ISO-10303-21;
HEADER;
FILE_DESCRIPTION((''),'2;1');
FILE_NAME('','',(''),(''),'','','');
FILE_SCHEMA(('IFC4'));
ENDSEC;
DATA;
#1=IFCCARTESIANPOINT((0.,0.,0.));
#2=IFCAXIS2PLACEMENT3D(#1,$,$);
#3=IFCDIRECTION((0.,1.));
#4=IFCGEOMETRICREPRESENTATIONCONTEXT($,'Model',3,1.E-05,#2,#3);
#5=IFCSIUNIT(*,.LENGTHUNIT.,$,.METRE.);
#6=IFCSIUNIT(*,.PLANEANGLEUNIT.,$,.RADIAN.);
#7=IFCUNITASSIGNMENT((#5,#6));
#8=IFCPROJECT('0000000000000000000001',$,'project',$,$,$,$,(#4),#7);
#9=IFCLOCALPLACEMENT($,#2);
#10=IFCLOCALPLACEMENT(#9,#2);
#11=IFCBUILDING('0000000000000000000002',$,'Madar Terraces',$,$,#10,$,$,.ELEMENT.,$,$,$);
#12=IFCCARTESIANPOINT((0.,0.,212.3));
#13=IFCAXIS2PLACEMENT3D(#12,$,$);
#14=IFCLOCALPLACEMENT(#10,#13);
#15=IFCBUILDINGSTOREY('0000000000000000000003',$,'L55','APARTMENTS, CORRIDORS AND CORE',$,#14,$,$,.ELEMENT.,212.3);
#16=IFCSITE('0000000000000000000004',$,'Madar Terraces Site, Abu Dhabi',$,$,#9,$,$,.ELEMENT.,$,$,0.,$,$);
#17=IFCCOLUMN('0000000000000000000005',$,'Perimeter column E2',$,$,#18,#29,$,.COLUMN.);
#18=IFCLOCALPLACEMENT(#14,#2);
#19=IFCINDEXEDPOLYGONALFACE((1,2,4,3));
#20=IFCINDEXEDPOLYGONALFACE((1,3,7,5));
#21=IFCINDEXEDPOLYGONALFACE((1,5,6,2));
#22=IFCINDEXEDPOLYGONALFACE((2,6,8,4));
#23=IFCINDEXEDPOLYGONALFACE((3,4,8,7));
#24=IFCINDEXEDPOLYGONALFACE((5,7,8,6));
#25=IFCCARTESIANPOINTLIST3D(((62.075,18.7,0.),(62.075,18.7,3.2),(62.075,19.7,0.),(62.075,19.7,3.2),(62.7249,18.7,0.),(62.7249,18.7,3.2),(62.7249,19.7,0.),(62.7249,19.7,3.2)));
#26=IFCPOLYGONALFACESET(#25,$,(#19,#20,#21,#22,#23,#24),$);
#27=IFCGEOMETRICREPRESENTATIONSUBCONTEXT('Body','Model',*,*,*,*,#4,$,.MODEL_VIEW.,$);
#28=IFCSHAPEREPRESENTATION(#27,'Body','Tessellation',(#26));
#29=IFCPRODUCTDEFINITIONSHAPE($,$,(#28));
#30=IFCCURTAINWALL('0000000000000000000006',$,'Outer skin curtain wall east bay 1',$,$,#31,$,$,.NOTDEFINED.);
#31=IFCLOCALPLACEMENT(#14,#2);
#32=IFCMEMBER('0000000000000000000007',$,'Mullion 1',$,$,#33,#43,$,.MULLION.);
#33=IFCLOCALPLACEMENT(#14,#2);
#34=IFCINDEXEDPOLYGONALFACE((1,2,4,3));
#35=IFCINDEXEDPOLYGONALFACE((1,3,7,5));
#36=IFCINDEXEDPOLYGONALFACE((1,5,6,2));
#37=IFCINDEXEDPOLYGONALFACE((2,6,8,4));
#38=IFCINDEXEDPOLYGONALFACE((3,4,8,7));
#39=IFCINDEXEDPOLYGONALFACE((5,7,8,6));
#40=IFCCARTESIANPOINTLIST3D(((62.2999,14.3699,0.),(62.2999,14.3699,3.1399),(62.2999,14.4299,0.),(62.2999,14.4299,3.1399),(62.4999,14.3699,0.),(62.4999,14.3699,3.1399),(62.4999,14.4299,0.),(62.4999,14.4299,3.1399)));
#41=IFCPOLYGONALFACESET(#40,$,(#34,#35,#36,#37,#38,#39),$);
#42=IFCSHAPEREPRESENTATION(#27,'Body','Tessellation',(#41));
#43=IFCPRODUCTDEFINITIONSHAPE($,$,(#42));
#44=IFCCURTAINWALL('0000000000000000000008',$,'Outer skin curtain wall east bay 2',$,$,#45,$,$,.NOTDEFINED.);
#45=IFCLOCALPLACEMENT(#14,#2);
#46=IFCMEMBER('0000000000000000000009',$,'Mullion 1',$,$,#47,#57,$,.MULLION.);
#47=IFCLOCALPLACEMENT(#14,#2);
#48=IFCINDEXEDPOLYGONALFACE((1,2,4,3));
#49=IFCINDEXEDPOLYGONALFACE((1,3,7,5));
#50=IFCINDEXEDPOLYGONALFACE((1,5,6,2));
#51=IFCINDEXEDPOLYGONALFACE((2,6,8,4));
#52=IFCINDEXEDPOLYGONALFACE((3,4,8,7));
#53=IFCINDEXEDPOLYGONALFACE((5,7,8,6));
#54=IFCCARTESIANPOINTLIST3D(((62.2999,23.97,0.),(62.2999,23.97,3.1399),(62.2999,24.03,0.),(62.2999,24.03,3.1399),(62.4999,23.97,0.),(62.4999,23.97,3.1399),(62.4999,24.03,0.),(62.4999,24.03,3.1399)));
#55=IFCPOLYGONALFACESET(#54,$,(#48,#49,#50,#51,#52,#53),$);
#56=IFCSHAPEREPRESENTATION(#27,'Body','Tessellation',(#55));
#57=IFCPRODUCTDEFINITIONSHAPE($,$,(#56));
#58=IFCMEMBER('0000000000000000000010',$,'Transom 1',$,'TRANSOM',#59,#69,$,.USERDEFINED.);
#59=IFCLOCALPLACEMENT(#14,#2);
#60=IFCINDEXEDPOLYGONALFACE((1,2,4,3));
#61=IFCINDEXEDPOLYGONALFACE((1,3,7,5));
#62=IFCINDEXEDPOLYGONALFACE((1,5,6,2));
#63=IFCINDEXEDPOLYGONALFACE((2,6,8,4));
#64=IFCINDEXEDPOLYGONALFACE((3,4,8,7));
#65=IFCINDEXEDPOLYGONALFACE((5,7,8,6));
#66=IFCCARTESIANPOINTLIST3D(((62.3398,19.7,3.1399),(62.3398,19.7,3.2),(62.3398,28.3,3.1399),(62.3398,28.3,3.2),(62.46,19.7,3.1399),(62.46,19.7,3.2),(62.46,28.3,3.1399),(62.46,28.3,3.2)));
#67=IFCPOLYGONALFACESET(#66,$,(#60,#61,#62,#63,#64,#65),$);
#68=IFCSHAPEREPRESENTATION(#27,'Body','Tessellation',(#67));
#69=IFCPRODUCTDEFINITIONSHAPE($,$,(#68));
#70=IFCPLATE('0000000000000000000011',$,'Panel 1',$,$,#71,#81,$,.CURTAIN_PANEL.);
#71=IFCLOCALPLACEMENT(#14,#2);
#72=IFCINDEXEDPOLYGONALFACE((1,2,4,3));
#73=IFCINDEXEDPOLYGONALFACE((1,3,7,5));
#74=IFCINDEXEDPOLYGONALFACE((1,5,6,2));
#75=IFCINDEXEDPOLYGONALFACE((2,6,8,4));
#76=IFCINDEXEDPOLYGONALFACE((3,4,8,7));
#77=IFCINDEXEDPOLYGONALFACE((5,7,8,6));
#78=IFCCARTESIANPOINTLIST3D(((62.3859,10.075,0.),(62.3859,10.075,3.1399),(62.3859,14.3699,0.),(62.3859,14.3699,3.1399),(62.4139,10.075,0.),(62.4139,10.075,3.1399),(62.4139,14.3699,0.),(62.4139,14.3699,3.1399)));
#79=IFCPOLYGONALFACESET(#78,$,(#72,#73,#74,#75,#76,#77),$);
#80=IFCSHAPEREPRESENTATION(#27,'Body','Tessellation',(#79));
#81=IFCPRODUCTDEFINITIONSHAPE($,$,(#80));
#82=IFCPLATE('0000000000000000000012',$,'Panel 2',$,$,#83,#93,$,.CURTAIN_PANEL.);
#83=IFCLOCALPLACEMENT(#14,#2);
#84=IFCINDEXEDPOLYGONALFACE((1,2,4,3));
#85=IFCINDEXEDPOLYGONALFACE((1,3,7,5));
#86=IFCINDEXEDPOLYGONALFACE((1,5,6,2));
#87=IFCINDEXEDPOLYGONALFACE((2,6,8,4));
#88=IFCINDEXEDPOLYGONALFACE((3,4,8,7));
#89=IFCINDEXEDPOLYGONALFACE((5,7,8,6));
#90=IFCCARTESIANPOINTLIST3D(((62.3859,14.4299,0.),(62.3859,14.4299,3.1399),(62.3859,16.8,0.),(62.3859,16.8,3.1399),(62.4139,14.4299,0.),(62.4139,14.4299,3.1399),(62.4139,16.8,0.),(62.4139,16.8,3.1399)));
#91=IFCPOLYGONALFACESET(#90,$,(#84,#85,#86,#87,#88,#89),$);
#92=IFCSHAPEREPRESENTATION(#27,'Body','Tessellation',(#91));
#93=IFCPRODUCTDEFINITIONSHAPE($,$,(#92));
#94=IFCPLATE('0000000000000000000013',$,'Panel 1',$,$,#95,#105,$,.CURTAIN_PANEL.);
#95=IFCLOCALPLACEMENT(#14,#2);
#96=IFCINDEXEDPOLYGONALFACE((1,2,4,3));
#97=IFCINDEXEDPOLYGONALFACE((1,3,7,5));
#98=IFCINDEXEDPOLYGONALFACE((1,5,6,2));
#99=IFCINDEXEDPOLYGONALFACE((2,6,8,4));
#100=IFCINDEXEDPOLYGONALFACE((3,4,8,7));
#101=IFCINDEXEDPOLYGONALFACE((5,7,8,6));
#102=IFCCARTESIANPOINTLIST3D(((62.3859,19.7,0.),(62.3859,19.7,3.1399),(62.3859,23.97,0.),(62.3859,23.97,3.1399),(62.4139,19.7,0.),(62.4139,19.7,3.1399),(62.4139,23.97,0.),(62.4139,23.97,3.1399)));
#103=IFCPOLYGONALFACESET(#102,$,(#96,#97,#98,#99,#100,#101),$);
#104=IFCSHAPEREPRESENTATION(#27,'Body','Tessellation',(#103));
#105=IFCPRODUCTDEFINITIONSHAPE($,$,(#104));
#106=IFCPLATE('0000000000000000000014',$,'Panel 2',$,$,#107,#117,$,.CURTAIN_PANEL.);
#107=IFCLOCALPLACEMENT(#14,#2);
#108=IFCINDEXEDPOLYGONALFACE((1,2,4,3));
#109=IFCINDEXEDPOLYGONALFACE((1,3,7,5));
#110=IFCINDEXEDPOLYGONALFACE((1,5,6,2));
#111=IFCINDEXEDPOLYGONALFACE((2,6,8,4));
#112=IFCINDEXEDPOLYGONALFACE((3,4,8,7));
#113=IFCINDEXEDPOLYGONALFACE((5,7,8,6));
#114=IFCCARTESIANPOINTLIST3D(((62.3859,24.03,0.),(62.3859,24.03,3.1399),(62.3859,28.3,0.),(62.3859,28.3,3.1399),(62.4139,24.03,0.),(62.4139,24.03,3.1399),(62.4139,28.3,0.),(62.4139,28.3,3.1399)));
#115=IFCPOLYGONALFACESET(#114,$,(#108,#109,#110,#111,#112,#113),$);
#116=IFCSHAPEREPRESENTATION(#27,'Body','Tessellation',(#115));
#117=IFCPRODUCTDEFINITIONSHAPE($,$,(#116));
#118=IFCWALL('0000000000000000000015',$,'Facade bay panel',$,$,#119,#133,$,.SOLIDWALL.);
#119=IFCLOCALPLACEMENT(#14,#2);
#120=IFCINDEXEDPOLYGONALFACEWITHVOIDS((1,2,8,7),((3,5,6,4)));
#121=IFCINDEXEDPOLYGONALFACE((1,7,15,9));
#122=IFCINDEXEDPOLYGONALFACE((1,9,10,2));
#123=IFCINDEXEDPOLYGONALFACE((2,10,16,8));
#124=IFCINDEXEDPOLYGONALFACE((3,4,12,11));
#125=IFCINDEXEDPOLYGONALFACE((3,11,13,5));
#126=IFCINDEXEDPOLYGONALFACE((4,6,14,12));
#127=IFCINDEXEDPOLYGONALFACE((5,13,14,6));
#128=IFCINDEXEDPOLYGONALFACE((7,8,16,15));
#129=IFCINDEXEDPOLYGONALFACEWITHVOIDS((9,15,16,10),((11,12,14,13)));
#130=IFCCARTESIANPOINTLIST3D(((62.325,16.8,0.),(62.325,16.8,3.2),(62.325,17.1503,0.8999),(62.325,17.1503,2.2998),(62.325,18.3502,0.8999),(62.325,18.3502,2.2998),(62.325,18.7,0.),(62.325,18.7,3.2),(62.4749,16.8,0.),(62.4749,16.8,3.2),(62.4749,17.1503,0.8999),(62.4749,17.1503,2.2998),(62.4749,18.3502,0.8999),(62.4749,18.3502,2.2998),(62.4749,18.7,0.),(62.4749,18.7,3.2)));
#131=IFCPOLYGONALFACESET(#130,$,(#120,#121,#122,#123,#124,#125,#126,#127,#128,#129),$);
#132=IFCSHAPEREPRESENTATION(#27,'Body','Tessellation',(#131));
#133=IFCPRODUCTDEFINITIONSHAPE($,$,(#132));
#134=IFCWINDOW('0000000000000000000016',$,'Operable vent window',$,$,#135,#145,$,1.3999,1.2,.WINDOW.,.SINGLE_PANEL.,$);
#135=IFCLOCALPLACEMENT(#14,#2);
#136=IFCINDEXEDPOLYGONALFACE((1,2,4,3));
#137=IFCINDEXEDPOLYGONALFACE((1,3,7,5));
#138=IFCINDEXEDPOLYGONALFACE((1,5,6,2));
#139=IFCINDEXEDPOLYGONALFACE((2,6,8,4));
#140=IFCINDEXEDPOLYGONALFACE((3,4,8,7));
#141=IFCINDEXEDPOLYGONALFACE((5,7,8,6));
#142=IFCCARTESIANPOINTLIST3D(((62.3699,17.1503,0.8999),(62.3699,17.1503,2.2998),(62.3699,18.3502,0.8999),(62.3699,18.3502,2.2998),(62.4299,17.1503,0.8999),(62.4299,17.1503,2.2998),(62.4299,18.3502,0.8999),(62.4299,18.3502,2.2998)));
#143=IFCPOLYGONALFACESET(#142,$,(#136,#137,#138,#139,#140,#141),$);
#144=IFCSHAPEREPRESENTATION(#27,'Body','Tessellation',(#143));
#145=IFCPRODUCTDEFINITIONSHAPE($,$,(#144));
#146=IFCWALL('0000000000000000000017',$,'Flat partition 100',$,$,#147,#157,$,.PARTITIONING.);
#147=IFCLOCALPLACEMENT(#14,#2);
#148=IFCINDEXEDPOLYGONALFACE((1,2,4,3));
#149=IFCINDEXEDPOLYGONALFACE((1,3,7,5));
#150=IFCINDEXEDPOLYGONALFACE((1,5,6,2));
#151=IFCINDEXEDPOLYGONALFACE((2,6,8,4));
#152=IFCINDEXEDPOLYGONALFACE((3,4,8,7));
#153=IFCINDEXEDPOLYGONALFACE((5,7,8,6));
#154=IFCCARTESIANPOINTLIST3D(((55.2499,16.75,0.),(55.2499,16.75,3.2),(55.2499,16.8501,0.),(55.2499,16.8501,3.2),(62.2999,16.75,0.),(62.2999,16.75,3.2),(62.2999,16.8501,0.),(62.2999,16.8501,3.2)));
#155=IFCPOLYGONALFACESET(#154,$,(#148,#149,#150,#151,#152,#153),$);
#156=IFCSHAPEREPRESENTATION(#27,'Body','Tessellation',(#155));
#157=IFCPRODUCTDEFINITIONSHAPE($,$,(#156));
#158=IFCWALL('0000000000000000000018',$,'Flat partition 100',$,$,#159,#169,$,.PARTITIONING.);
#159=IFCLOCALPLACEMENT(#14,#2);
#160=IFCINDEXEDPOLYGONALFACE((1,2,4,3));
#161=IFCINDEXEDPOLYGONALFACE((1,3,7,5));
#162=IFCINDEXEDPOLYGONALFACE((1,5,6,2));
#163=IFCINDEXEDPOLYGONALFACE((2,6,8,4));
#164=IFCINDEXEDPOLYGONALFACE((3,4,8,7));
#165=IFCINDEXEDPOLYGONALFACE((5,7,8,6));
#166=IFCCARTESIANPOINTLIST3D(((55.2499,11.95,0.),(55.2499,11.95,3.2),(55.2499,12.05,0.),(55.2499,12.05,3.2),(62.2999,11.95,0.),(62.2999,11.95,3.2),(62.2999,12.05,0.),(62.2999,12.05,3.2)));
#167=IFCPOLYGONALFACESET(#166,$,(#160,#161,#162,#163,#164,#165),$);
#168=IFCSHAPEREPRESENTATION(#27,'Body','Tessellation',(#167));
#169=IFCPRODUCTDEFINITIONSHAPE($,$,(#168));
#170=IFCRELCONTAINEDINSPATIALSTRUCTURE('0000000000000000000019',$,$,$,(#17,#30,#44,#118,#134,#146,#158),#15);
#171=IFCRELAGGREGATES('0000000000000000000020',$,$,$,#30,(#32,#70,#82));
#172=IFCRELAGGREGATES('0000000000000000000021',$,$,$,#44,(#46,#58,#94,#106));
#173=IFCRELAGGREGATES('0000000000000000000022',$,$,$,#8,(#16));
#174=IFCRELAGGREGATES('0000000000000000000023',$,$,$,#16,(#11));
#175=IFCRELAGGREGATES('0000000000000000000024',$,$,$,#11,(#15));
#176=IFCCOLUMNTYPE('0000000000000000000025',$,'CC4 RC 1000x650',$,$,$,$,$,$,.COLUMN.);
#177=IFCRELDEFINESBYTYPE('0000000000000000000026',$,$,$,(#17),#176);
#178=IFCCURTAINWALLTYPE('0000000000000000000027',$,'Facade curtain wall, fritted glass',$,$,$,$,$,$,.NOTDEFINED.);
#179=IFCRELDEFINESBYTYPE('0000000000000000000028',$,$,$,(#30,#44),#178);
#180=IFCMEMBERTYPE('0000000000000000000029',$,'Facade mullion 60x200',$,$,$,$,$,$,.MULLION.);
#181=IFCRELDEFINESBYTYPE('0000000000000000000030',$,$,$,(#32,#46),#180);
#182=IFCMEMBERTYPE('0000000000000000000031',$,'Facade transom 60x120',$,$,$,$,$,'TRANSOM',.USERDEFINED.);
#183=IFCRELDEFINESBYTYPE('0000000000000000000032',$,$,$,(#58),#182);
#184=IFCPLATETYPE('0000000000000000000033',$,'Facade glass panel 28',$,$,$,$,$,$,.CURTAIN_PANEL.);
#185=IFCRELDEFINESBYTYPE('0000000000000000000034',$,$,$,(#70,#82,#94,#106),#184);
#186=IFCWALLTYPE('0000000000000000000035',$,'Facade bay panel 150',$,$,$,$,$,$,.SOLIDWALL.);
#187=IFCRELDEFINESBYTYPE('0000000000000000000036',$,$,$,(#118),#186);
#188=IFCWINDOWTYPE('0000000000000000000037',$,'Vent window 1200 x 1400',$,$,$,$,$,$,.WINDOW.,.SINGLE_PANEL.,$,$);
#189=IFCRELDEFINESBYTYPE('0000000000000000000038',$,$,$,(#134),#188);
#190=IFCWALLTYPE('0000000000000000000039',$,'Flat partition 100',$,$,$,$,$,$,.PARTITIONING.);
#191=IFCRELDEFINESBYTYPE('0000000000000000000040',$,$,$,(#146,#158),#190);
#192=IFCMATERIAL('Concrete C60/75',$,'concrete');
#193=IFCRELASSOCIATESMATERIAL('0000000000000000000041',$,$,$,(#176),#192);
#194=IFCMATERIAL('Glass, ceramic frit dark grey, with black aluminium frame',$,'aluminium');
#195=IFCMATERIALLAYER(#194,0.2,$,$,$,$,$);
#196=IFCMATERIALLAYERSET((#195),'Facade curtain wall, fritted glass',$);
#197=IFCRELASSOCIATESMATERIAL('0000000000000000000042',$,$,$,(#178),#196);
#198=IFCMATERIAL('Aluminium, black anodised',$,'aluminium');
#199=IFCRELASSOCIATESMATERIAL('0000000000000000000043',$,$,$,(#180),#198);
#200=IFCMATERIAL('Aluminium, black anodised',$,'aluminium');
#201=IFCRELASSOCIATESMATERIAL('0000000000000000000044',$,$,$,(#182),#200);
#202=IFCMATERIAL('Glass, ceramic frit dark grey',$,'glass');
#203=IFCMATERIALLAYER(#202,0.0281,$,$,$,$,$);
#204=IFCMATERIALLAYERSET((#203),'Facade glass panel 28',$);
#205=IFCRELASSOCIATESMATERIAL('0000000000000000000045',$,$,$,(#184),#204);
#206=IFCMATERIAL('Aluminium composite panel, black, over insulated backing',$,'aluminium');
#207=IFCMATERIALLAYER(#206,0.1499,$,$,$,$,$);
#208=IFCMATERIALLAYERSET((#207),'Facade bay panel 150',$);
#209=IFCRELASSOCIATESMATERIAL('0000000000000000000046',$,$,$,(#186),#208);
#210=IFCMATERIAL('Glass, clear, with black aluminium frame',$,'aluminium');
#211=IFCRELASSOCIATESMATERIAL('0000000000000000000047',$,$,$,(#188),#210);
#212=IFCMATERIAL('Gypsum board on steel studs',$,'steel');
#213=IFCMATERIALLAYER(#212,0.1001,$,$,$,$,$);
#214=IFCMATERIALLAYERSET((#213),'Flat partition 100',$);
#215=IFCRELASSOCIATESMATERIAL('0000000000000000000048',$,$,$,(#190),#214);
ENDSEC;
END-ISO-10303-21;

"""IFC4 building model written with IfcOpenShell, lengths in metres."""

from ifc_helpers import new_model, si_unit, direction, frame, frame_2d, origin, origin_2d, place, context, subcontext, project, spatial, rectangle, extrude, material, layer, layer_set, material_profile, profile_set, type_object, element, fill, aggregate, save


model = new_model("IFC4")

# Units and contexts
model_context = context("Model", 3, precision=1e-05, world=origin(), true_north=direction((0.0, 1.0)))
body_context = subcontext(model_context, "Body", "Model", "MODEL_VIEW")
ifc_project = project(units=[si_unit("LENGTHUNIT", "METRE"), si_unit("PLANEANGLEUNIT", "RADIAN")], contexts=[model_context])

# Site, building, storey
site_placement = place(None, origin())
site = spatial("IfcSite", under=ifc_project, at=site_placement, Name="Madar Terraces Site, Abu Dhabi", CompositionType="ELEMENT", RefElevation=0.0)
building_placement = place(site_placement, origin())
building = spatial("IfcBuilding", under=site, at=building_placement, Name="Madar Terraces", CompositionType="ELEMENT")
storey_placement = place(building_placement, frame((0.0, 0.0, 212.3)))
storey = spatial("IfcBuildingStorey", under=building, at=storey_placement, Name="L55", Description="APARTMENTS, CORRIDORS AND CORE", CompositionType="ELEMENT", Elevation=212.3)

# Column
ifc_material_1 = material(Name="Concrete C60/75", Category="concrete")
ifc_material_profile_1 = material_profile(ifc_material_1, rectangle(XDim=1.0, YDim=0.6499, at=origin_2d()), Name="CC4 RC 1000x650")
ifc_profile_set_1 = profile_set([ifc_material_profile_1], Name="Concrete C60/75")
column_type = type_object("IfcColumnType", Name="CC4 RC 1000x650", PredefinedType="COLUMN", material=ifc_profile_set_1)
column_placement = place(storey_placement, frame((62.3999, 19.2, 0.0), z_axis=(0.0, 0.0, 1.0), x_axis=(0.0, 1.0, 0.0)))
element("IfcColumn", 1, at=column_placement, inside=storey, type_object=column_type, Name="Perimeter column E2", PredefinedType="COLUMN", context=body_context, shape_type="SweptSolid", body=[
    extrude(rectangle(XDim=1.0, YDim=0.6499, at=origin_2d()), origin(), (0.0, 0.0, 1.0), 3.2),
])

# Curtain wall, member
ifc_material_2 = material(Name="Glass, ceramic frit dark grey, with black aluminium frame", Category="aluminium")
ifc_layer_1 = layer(ifc_material_2, 0.2)
ifc_layer_set_1 = layer_set([ifc_layer_1], Name="Facade curtain wall, fritted glass")
curtain_wall_type = type_object("IfcCurtainWallType", Name="Facade curtain wall, fritted glass", PredefinedType="NOTDEFINED", material=ifc_layer_set_1)
curtain_wall_1_placement = place(storey_placement, origin())
curtain_wall_1 = element("IfcCurtainWall", 2, at=curtain_wall_1_placement, inside=storey, type_object=curtain_wall_type, Name="Outer skin curtain wall east bay 1", PredefinedType="NOTDEFINED")
ifc_material_3 = material(Name="Aluminium, black anodised", Category="aluminium")
ifc_material_profile_2 = material_profile(ifc_material_3, rectangle(XDim=0.2, YDim=0.0601, at=origin_2d()), Name="Facade mullion 60x200")
ifc_profile_set_2 = profile_set([ifc_material_profile_2], Name="Aluminium, black anodised")
member_type_1 = type_object("IfcMemberType", Name="Facade mullion 60x200", PredefinedType="MULLION", material=ifc_profile_set_2)
member_1_placement = place(storey_placement, frame((62.3999, 14.3999, 0.0), z_axis=(0.0, 0.0, 1.0), x_axis=(-1.0, 0.0, 0.0)))
member_1 = element("IfcMember", 3, at=member_1_placement, type_object=member_type_1, Name="Mullion 1", PredefinedType="MULLION", context=body_context, shape_type="SweptSolid", body=[
    extrude(rectangle(XDim=0.2, YDim=0.0601, at=origin_2d()), origin(), (0.0, 0.0, 1.0), 3.1399),
])

# Curtain wall, members
curtain_wall_2_placement = place(storey_placement, origin())
curtain_wall_2 = element("IfcCurtainWall", 4, at=curtain_wall_2_placement, inside=storey, type_object=curtain_wall_type, Name="Outer skin curtain wall east bay 2", PredefinedType="NOTDEFINED")
member_2_placement = place(storey_placement, frame((62.3999, 24.0, 0.0), z_axis=(0.0, 0.0, 1.0), x_axis=(-1.0, 0.0, 0.0)))
member_2 = element("IfcMember", 5, at=member_2_placement, type_object=member_type_1, Name="Mullion 1", PredefinedType="MULLION", context=body_context, shape_type="SweptSolid", body=[
    extrude(rectangle(XDim=0.2, YDim=0.0601, at=origin_2d()), origin(), (0.0, 0.0, 1.0), 3.1399),
])
ifc_material_4 = material(Name="Aluminium, black anodised", Category="aluminium")
ifc_material_profile_3 = material_profile(ifc_material_4, rectangle(XDim=0.1201, YDim=0.0601, at=origin_2d()), Name="Facade transom 60x120")
ifc_profile_set_3 = profile_set([ifc_material_profile_3], Name="Aluminium, black anodised")
member_type_2 = type_object("IfcMemberType", Name="Facade transom 60x120", ElementType="TRANSOM", PredefinedType="USERDEFINED", material=ifc_profile_set_3)
member_3_placement = place(storey_placement, frame((62.3999, 19.7, 3.1699), z_axis=(0.0, 1.0, 0.0), x_axis=(-1.0, 0.0, 0.0)))
member_3 = element("IfcMember", 6, at=member_3_placement, type_object=member_type_2, Name="Transom 1", ObjectType="TRANSOM", PredefinedType="USERDEFINED", context=body_context, shape_type="SweptSolid", body=[
    extrude(rectangle(XDim=0.1201, YDim=0.0601, at=origin_2d()), origin(), (0.0, 0.0, 1.0), 8.6001),
])

# Plates
ifc_material_5 = material(Name="Glass, ceramic frit dark grey", Category="glass")
ifc_layer_2 = layer(ifc_material_5, 0.0281)
ifc_layer_set_2 = layer_set([ifc_layer_2], Name="Facade glass panel 28")
plate_type = type_object("IfcPlateType", Name="Facade glass panel 28", PredefinedType="CURTAIN_PANEL", material=ifc_layer_set_2)
plate_1_placement = place(storey_placement, frame((62.3999, 12.2224, 0.0), z_axis=(0.0, 0.0, 1.0), x_axis=(0.0, 1.0, 0.0)))
plate_1 = element("IfcPlate", 7, at=plate_1_placement, type_object=plate_type, Name="Panel 1", PredefinedType="CURTAIN_PANEL", context=body_context, shape_type="SweptSolid", body=[
    extrude(rectangle(XDim=4.2949, YDim=0.0281, at=origin_2d()), origin(), (0.0, 0.0, 1.0), 3.1399),
])
plate_2_placement = place(storey_placement, frame((62.3999, 15.615, 0.0), z_axis=(0.0, 0.0, 1.0), x_axis=(0.0, 1.0, 0.0)))
plate_2 = element("IfcPlate", 8, at=plate_2_placement, type_object=plate_type, Name="Panel 2", PredefinedType="CURTAIN_PANEL", context=body_context, shape_type="SweptSolid", body=[
    extrude(rectangle(XDim=2.3701, YDim=0.0281, at=origin_2d()), origin(), (0.0, 0.0, 1.0), 3.1399),
])
aggregate(curtain_wall_1, [member_1, plate_1, plate_2])
plate_3_placement = place(storey_placement, frame((62.3999, 21.835, 0.0), z_axis=(0.0, 0.0, 1.0), x_axis=(0.0, 1.0, 0.0)))
plate_3 = element("IfcPlate", 9, at=plate_3_placement, type_object=plate_type, Name="Panel 1", PredefinedType="CURTAIN_PANEL", context=body_context, shape_type="SweptSolid", body=[
    extrude(rectangle(XDim=4.27, YDim=0.0281, at=origin_2d()), origin(), (0.0, 0.0, 1.0), 3.1399),
])
plate_4_placement = place(storey_placement, frame((62.3999, 26.165, 0.0), z_axis=(0.0, 0.0, 1.0), x_axis=(0.0, 1.0, 0.0)))
plate_4 = element("IfcPlate", 10, at=plate_4_placement, type_object=plate_type, Name="Panel 2", PredefinedType="CURTAIN_PANEL", context=body_context, shape_type="SweptSolid", body=[
    extrude(rectangle(XDim=4.27, YDim=0.0281, at=origin_2d()), origin(), (0.0, 0.0, 1.0), 3.1399),
])
aggregate(curtain_wall_2, [member_2, member_3, plate_3, plate_4])

# Wall, opening, window
ifc_material_6 = material(Name="Aluminium composite panel, black, over insulated backing", Category="aluminium")
ifc_layer_3 = layer(ifc_material_6, 0.1499)
ifc_layer_set_3 = layer_set([ifc_layer_3], Name="Facade bay panel 150")
wall_type_1 = type_object("IfcWallType", Name="Facade bay panel 150", PredefinedType="SOLIDWALL", material=ifc_layer_set_3)
wall_1_placement = place(storey_placement, frame((62.3999, 16.8, 0.0), z_axis=(0.0, 0.0, 1.0), x_axis=(0.0, 1.0, 0.0)))
wall_1 = element("IfcWall", 11, at=wall_1_placement, inside=storey, type_object=wall_type_1, Name="Facade bay panel", PredefinedType="SOLIDWALL", context=body_context, shape_type="SweptSolid", body=[
    extrude(rectangle(XDim=1.8999, YDim=0.1499, at=frame_2d((0.95, 0.0))), origin(), (0.0, 0.0, 1.0), 3.2),
])
opening_1_placement = place(wall_1_placement, frame((0.3501, 0.0, 0.8999)))
opening_1 = element("IfcOpeningElement", 12, at=opening_1_placement, cuts=wall_1, PredefinedType="OPENING", context=body_context, shape_type="SweptSolid", body=[
    extrude(rectangle(XDim=1.2, YDim=1.3999, at=frame_2d((0.6001, 0.7))), frame((0.0, 0.085, 0.0), z_axis=(0.0, -1.0, 0.0), x_axis=(1.0, 0.0, 0.0)), (0.0, 0.0, 1.0), 0.1699),
])
ifc_material_7 = material(Name="Glass, clear, with black aluminium frame", Category="aluminium")
window_type = type_object("IfcWindowType", Name="Vent window 1200 x 1400", PartitioningType="SINGLE_PANEL", PredefinedType="WINDOW", material=ifc_material_7)
window_placement = place(opening_1_placement, origin())
window = element("IfcWindow", 13, at=window_placement, inside=storey, type_object=window_type, Name="Operable vent window", OverallHeight=1.3999, OverallWidth=1.2, PartitioningType="SINGLE_PANEL", PredefinedType="WINDOW", context=body_context, shape_type="SweptSolid", body=[
    extrude(rectangle(XDim=1.2, YDim=1.3999, at=frame_2d((0.6001, 0.7))), frame((0.0, 0.03, 0.0), z_axis=(0.0, -1.0, 0.0), x_axis=(1.0, 0.0, 0.0)), (0.0, 0.0, 1.0), 0.0601),
])
fill(opening_1, window)

# Walls
ifc_material_8 = material(Name="Gypsum board on steel studs", Category="steel")
ifc_layer_4 = layer(ifc_material_8, 0.1001)
ifc_layer_set_4 = layer_set([ifc_layer_4], Name="Flat partition 100")
wall_type_2 = type_object("IfcWallType", Name="Flat partition 100", PredefinedType="PARTITIONING", material=ifc_layer_set_4)
for number, where, z_axis, x_axis, name in (
    (14, (55.25, 16.8, 0.0), (0.0, 0.0, 1.0), (1.0, 0.0, 0.0), "Flat partition 100"),
    (15, (55.25, 12.0, 0.0), (0.0, 0.0, 1.0), (1.0, 0.0, 0.0), "Flat partition 100"),
):
    element("IfcWall", number, at=place(storey_placement, frame(where, z_axis=z_axis, x_axis=x_axis)), inside=storey, type_object=wall_type_2, Name=name, PredefinedType="PARTITIONING", context=body_context, shape_type="SweptSolid", body=[
        extrude(rectangle(XDim=7.05, YDim=0.1001, at=frame_2d((3.5249, 0.0))), origin(), (0.0, 0.0, 1.0), 3.2),
    ])

save(model, "model.ifc")
